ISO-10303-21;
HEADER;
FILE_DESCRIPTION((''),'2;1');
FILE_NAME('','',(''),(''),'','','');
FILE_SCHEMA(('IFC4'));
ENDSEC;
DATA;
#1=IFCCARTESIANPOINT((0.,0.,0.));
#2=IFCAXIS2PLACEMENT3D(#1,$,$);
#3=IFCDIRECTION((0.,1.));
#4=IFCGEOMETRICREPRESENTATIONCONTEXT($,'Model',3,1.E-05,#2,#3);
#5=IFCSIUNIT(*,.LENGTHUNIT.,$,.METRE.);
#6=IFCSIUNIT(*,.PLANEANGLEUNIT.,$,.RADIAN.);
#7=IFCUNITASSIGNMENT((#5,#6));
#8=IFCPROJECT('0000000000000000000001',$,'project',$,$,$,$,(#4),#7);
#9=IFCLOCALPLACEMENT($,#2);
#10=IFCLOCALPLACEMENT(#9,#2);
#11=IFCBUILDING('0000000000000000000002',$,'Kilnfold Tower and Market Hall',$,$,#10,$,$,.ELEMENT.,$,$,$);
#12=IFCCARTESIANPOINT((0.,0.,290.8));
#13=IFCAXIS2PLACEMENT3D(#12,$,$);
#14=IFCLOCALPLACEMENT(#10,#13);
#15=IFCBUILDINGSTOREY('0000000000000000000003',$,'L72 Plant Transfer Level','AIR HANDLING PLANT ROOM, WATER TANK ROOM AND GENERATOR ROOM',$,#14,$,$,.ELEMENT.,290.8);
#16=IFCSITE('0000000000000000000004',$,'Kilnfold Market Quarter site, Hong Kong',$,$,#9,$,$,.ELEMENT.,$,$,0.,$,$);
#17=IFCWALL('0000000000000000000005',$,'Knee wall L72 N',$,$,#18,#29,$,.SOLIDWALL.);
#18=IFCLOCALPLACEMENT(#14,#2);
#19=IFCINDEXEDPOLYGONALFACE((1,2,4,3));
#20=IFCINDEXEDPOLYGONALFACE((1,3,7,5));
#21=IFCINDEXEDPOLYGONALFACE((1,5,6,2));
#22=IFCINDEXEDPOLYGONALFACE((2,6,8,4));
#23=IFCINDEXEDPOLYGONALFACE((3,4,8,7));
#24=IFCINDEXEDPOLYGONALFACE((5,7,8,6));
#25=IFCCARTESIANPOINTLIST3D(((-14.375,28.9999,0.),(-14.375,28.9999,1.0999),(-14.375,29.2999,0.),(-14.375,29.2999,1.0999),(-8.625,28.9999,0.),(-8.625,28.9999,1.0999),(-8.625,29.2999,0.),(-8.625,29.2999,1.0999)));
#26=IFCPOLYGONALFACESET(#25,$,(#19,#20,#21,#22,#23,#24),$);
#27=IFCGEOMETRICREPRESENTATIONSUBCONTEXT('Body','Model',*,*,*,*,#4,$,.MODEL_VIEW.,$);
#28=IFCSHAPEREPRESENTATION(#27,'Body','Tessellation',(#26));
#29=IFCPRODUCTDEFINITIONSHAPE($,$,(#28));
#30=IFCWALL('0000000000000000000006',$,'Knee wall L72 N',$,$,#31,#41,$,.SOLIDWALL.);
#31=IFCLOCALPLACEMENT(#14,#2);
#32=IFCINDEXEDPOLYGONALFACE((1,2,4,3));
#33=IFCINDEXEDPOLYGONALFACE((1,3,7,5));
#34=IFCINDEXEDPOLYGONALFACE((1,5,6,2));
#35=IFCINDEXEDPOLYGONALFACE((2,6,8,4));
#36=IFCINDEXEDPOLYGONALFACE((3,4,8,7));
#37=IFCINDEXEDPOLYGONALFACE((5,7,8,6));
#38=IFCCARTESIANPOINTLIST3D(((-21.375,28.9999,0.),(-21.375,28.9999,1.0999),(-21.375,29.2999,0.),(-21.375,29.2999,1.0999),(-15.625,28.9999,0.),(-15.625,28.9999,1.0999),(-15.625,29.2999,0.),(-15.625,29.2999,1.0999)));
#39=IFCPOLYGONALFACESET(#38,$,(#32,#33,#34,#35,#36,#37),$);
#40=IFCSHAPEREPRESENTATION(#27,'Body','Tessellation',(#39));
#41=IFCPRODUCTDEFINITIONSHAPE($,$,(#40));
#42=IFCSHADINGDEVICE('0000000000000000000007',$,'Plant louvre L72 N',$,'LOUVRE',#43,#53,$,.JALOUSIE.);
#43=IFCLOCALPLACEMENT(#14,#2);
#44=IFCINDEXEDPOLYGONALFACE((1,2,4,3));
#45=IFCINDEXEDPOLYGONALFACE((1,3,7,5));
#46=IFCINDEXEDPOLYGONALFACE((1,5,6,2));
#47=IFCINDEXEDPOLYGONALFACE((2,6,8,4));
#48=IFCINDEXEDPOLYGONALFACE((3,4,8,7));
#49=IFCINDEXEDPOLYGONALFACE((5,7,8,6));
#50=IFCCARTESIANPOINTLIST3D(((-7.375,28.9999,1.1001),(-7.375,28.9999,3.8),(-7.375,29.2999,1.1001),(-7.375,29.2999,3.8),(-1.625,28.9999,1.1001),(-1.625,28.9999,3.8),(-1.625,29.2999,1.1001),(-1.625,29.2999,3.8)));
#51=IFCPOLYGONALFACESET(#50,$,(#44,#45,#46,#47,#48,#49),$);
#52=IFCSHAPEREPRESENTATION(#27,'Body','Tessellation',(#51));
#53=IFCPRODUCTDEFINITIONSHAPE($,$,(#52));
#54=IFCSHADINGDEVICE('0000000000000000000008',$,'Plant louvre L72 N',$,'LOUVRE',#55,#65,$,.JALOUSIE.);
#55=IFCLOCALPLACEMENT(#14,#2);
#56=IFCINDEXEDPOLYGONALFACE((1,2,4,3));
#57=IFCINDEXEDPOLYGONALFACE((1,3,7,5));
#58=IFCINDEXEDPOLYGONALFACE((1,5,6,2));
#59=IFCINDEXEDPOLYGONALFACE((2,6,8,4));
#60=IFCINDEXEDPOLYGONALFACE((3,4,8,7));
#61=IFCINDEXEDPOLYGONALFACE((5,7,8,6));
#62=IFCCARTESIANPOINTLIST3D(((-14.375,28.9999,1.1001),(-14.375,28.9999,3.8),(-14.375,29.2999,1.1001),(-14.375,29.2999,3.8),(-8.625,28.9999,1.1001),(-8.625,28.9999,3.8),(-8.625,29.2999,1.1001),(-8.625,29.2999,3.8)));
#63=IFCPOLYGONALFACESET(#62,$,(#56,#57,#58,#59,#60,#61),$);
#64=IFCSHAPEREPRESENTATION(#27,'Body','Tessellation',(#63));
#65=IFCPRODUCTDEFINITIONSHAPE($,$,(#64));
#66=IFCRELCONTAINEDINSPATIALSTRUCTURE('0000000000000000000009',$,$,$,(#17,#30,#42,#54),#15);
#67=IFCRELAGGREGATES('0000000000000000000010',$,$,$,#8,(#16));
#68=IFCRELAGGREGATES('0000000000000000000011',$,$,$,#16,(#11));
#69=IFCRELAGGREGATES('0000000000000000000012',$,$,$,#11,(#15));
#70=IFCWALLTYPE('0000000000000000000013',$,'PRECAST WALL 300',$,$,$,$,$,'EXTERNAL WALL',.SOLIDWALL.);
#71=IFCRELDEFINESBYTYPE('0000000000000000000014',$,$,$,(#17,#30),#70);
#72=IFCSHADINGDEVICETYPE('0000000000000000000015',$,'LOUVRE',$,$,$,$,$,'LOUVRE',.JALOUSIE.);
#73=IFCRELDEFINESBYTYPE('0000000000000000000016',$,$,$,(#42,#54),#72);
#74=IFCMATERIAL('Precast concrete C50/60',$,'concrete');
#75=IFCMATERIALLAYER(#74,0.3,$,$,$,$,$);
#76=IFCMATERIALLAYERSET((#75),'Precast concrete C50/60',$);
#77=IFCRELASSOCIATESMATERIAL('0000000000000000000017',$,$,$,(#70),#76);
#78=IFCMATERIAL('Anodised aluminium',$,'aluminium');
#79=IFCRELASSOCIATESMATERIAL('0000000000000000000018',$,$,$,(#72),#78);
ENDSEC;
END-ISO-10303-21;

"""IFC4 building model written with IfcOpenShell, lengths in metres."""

from ifc_helpers import new_model, si_unit, direction, frame, frame_2d, origin, origin_2d, place, context, subcontext, project, spatial, rectangle, extrude, source, transform, mapped, material, layer, layer_set, type_object, element, save


model = new_model("IFC4")

# Units and contexts
model_context = context("Model", 3, precision=1e-05, world=origin(), true_north=direction((0.0, 1.0)))
body_context = subcontext(model_context, "Body", "Model", "MODEL_VIEW")
ifc_project = project(units=[si_unit("LENGTHUNIT", "METRE"), si_unit("PLANEANGLEUNIT", "RADIAN")], contexts=[model_context])

# Site, building, storey
site_placement = place(None, origin())
site = spatial("IfcSite", under=ifc_project, at=site_placement, Name="Kilnfold Market Quarter site, Hong Kong", CompositionType="ELEMENT", RefElevation=0.0)
building_placement = place(site_placement, origin())
building = spatial("IfcBuilding", under=site, at=building_placement, Name="Kilnfold Tower and Market Hall", CompositionType="ELEMENT")
storey_placement = place(building_placement, frame((0.0, 0.0, 290.8)))
storey = spatial("IfcBuildingStorey", under=building, at=storey_placement, Name="L72 Plant Transfer Level", Description="AIR HANDLING PLANT ROOM, WATER TANK ROOM AND GENERATOR ROOM", CompositionType="ELEMENT", Elevation=290.8)

# Walls
ifc_material_1 = material(Name="Precast concrete C50/60", Category="concrete")
ifc_layer_1 = layer(ifc_material_1, 0.3)
ifc_layer_set_1 = layer_set([ifc_layer_1], Name="Precast concrete C50/60")
wall_type_1 = type_object("IfcWallType", Name="PRECAST WALL 300", ElementType="EXTERNAL WALL", PredefinedType="SOLIDWALL", material=ifc_layer_set_1)
shared_shape_1 = source(origin(), body_context, "Body", "SweptSolid", [
    extrude(rectangle(XDim=5.75, YDim=0.3, at=frame_2d((2.875, 0.0))), origin(), (0.0, 0.0, 1.0), 1.0999),
])
for number, where, z_axis, x_axis, name in (
    (1, (-8.625, 29.1499, 0.0), (0.0, 0.0, 1.0), (-1.0, 0.0, 0.0), "Knee wall L72 N"),
    (2, (-15.625, 29.1499, 0.0), (0.0, 0.0, 1.0), (-1.0, 0.0, 0.0), "Knee wall L72 N"),
):
    element("IfcWall", number, at=place(storey_placement, frame(where, z_axis=z_axis, x_axis=x_axis)), inside=storey, type_object=wall_type_1, Name=name, PredefinedType="SOLIDWALL", context=body_context, shape_type="MappedRepresentation", body=[
        mapped(shared_shape_1, transform((0.0, 0.0, 0.0))),
    ])

# Shading devices
ifc_material_2 = material(Name="Anodised aluminium", Category="aluminium")
shading_device_type = type_object("IfcShadingDeviceType", Name="LOUVRE", ElementType="LOUVRE", PredefinedType="JALOUSIE", material=ifc_material_2)
shared_shape_2 = source(origin(), body_context, "Body", "SweptSolid", [
    extrude(rectangle(XDim=5.75, YDim=0.3, at=origin_2d()), origin(), (0.0, 0.0, 1.0), 2.7),
])
for number, where, z_axis, x_axis, name in (
    (3, (-4.5, 29.1499, 1.1001), (0.0, 0.0, 1.0), (-1.0, 0.0, 0.0), "Plant louvre L72 N"),
    (4, (-11.5, 29.1499, 1.1001), (0.0, 0.0, 1.0), (-1.0, 0.0, 0.0), "Plant louvre L72 N"),
):
    element("IfcShadingDevice", number, at=place(storey_placement, frame(where, z_axis=z_axis, x_axis=x_axis)), inside=storey, type_object=shading_device_type, Name=name, ObjectType="LOUVRE", PredefinedType="JALOUSIE", context=body_context, shape_type="MappedRepresentation", body=[
        mapped(shared_shape_2, transform((0.0, 0.0, 0.0))),
    ])

save(model, "model.ifc")
